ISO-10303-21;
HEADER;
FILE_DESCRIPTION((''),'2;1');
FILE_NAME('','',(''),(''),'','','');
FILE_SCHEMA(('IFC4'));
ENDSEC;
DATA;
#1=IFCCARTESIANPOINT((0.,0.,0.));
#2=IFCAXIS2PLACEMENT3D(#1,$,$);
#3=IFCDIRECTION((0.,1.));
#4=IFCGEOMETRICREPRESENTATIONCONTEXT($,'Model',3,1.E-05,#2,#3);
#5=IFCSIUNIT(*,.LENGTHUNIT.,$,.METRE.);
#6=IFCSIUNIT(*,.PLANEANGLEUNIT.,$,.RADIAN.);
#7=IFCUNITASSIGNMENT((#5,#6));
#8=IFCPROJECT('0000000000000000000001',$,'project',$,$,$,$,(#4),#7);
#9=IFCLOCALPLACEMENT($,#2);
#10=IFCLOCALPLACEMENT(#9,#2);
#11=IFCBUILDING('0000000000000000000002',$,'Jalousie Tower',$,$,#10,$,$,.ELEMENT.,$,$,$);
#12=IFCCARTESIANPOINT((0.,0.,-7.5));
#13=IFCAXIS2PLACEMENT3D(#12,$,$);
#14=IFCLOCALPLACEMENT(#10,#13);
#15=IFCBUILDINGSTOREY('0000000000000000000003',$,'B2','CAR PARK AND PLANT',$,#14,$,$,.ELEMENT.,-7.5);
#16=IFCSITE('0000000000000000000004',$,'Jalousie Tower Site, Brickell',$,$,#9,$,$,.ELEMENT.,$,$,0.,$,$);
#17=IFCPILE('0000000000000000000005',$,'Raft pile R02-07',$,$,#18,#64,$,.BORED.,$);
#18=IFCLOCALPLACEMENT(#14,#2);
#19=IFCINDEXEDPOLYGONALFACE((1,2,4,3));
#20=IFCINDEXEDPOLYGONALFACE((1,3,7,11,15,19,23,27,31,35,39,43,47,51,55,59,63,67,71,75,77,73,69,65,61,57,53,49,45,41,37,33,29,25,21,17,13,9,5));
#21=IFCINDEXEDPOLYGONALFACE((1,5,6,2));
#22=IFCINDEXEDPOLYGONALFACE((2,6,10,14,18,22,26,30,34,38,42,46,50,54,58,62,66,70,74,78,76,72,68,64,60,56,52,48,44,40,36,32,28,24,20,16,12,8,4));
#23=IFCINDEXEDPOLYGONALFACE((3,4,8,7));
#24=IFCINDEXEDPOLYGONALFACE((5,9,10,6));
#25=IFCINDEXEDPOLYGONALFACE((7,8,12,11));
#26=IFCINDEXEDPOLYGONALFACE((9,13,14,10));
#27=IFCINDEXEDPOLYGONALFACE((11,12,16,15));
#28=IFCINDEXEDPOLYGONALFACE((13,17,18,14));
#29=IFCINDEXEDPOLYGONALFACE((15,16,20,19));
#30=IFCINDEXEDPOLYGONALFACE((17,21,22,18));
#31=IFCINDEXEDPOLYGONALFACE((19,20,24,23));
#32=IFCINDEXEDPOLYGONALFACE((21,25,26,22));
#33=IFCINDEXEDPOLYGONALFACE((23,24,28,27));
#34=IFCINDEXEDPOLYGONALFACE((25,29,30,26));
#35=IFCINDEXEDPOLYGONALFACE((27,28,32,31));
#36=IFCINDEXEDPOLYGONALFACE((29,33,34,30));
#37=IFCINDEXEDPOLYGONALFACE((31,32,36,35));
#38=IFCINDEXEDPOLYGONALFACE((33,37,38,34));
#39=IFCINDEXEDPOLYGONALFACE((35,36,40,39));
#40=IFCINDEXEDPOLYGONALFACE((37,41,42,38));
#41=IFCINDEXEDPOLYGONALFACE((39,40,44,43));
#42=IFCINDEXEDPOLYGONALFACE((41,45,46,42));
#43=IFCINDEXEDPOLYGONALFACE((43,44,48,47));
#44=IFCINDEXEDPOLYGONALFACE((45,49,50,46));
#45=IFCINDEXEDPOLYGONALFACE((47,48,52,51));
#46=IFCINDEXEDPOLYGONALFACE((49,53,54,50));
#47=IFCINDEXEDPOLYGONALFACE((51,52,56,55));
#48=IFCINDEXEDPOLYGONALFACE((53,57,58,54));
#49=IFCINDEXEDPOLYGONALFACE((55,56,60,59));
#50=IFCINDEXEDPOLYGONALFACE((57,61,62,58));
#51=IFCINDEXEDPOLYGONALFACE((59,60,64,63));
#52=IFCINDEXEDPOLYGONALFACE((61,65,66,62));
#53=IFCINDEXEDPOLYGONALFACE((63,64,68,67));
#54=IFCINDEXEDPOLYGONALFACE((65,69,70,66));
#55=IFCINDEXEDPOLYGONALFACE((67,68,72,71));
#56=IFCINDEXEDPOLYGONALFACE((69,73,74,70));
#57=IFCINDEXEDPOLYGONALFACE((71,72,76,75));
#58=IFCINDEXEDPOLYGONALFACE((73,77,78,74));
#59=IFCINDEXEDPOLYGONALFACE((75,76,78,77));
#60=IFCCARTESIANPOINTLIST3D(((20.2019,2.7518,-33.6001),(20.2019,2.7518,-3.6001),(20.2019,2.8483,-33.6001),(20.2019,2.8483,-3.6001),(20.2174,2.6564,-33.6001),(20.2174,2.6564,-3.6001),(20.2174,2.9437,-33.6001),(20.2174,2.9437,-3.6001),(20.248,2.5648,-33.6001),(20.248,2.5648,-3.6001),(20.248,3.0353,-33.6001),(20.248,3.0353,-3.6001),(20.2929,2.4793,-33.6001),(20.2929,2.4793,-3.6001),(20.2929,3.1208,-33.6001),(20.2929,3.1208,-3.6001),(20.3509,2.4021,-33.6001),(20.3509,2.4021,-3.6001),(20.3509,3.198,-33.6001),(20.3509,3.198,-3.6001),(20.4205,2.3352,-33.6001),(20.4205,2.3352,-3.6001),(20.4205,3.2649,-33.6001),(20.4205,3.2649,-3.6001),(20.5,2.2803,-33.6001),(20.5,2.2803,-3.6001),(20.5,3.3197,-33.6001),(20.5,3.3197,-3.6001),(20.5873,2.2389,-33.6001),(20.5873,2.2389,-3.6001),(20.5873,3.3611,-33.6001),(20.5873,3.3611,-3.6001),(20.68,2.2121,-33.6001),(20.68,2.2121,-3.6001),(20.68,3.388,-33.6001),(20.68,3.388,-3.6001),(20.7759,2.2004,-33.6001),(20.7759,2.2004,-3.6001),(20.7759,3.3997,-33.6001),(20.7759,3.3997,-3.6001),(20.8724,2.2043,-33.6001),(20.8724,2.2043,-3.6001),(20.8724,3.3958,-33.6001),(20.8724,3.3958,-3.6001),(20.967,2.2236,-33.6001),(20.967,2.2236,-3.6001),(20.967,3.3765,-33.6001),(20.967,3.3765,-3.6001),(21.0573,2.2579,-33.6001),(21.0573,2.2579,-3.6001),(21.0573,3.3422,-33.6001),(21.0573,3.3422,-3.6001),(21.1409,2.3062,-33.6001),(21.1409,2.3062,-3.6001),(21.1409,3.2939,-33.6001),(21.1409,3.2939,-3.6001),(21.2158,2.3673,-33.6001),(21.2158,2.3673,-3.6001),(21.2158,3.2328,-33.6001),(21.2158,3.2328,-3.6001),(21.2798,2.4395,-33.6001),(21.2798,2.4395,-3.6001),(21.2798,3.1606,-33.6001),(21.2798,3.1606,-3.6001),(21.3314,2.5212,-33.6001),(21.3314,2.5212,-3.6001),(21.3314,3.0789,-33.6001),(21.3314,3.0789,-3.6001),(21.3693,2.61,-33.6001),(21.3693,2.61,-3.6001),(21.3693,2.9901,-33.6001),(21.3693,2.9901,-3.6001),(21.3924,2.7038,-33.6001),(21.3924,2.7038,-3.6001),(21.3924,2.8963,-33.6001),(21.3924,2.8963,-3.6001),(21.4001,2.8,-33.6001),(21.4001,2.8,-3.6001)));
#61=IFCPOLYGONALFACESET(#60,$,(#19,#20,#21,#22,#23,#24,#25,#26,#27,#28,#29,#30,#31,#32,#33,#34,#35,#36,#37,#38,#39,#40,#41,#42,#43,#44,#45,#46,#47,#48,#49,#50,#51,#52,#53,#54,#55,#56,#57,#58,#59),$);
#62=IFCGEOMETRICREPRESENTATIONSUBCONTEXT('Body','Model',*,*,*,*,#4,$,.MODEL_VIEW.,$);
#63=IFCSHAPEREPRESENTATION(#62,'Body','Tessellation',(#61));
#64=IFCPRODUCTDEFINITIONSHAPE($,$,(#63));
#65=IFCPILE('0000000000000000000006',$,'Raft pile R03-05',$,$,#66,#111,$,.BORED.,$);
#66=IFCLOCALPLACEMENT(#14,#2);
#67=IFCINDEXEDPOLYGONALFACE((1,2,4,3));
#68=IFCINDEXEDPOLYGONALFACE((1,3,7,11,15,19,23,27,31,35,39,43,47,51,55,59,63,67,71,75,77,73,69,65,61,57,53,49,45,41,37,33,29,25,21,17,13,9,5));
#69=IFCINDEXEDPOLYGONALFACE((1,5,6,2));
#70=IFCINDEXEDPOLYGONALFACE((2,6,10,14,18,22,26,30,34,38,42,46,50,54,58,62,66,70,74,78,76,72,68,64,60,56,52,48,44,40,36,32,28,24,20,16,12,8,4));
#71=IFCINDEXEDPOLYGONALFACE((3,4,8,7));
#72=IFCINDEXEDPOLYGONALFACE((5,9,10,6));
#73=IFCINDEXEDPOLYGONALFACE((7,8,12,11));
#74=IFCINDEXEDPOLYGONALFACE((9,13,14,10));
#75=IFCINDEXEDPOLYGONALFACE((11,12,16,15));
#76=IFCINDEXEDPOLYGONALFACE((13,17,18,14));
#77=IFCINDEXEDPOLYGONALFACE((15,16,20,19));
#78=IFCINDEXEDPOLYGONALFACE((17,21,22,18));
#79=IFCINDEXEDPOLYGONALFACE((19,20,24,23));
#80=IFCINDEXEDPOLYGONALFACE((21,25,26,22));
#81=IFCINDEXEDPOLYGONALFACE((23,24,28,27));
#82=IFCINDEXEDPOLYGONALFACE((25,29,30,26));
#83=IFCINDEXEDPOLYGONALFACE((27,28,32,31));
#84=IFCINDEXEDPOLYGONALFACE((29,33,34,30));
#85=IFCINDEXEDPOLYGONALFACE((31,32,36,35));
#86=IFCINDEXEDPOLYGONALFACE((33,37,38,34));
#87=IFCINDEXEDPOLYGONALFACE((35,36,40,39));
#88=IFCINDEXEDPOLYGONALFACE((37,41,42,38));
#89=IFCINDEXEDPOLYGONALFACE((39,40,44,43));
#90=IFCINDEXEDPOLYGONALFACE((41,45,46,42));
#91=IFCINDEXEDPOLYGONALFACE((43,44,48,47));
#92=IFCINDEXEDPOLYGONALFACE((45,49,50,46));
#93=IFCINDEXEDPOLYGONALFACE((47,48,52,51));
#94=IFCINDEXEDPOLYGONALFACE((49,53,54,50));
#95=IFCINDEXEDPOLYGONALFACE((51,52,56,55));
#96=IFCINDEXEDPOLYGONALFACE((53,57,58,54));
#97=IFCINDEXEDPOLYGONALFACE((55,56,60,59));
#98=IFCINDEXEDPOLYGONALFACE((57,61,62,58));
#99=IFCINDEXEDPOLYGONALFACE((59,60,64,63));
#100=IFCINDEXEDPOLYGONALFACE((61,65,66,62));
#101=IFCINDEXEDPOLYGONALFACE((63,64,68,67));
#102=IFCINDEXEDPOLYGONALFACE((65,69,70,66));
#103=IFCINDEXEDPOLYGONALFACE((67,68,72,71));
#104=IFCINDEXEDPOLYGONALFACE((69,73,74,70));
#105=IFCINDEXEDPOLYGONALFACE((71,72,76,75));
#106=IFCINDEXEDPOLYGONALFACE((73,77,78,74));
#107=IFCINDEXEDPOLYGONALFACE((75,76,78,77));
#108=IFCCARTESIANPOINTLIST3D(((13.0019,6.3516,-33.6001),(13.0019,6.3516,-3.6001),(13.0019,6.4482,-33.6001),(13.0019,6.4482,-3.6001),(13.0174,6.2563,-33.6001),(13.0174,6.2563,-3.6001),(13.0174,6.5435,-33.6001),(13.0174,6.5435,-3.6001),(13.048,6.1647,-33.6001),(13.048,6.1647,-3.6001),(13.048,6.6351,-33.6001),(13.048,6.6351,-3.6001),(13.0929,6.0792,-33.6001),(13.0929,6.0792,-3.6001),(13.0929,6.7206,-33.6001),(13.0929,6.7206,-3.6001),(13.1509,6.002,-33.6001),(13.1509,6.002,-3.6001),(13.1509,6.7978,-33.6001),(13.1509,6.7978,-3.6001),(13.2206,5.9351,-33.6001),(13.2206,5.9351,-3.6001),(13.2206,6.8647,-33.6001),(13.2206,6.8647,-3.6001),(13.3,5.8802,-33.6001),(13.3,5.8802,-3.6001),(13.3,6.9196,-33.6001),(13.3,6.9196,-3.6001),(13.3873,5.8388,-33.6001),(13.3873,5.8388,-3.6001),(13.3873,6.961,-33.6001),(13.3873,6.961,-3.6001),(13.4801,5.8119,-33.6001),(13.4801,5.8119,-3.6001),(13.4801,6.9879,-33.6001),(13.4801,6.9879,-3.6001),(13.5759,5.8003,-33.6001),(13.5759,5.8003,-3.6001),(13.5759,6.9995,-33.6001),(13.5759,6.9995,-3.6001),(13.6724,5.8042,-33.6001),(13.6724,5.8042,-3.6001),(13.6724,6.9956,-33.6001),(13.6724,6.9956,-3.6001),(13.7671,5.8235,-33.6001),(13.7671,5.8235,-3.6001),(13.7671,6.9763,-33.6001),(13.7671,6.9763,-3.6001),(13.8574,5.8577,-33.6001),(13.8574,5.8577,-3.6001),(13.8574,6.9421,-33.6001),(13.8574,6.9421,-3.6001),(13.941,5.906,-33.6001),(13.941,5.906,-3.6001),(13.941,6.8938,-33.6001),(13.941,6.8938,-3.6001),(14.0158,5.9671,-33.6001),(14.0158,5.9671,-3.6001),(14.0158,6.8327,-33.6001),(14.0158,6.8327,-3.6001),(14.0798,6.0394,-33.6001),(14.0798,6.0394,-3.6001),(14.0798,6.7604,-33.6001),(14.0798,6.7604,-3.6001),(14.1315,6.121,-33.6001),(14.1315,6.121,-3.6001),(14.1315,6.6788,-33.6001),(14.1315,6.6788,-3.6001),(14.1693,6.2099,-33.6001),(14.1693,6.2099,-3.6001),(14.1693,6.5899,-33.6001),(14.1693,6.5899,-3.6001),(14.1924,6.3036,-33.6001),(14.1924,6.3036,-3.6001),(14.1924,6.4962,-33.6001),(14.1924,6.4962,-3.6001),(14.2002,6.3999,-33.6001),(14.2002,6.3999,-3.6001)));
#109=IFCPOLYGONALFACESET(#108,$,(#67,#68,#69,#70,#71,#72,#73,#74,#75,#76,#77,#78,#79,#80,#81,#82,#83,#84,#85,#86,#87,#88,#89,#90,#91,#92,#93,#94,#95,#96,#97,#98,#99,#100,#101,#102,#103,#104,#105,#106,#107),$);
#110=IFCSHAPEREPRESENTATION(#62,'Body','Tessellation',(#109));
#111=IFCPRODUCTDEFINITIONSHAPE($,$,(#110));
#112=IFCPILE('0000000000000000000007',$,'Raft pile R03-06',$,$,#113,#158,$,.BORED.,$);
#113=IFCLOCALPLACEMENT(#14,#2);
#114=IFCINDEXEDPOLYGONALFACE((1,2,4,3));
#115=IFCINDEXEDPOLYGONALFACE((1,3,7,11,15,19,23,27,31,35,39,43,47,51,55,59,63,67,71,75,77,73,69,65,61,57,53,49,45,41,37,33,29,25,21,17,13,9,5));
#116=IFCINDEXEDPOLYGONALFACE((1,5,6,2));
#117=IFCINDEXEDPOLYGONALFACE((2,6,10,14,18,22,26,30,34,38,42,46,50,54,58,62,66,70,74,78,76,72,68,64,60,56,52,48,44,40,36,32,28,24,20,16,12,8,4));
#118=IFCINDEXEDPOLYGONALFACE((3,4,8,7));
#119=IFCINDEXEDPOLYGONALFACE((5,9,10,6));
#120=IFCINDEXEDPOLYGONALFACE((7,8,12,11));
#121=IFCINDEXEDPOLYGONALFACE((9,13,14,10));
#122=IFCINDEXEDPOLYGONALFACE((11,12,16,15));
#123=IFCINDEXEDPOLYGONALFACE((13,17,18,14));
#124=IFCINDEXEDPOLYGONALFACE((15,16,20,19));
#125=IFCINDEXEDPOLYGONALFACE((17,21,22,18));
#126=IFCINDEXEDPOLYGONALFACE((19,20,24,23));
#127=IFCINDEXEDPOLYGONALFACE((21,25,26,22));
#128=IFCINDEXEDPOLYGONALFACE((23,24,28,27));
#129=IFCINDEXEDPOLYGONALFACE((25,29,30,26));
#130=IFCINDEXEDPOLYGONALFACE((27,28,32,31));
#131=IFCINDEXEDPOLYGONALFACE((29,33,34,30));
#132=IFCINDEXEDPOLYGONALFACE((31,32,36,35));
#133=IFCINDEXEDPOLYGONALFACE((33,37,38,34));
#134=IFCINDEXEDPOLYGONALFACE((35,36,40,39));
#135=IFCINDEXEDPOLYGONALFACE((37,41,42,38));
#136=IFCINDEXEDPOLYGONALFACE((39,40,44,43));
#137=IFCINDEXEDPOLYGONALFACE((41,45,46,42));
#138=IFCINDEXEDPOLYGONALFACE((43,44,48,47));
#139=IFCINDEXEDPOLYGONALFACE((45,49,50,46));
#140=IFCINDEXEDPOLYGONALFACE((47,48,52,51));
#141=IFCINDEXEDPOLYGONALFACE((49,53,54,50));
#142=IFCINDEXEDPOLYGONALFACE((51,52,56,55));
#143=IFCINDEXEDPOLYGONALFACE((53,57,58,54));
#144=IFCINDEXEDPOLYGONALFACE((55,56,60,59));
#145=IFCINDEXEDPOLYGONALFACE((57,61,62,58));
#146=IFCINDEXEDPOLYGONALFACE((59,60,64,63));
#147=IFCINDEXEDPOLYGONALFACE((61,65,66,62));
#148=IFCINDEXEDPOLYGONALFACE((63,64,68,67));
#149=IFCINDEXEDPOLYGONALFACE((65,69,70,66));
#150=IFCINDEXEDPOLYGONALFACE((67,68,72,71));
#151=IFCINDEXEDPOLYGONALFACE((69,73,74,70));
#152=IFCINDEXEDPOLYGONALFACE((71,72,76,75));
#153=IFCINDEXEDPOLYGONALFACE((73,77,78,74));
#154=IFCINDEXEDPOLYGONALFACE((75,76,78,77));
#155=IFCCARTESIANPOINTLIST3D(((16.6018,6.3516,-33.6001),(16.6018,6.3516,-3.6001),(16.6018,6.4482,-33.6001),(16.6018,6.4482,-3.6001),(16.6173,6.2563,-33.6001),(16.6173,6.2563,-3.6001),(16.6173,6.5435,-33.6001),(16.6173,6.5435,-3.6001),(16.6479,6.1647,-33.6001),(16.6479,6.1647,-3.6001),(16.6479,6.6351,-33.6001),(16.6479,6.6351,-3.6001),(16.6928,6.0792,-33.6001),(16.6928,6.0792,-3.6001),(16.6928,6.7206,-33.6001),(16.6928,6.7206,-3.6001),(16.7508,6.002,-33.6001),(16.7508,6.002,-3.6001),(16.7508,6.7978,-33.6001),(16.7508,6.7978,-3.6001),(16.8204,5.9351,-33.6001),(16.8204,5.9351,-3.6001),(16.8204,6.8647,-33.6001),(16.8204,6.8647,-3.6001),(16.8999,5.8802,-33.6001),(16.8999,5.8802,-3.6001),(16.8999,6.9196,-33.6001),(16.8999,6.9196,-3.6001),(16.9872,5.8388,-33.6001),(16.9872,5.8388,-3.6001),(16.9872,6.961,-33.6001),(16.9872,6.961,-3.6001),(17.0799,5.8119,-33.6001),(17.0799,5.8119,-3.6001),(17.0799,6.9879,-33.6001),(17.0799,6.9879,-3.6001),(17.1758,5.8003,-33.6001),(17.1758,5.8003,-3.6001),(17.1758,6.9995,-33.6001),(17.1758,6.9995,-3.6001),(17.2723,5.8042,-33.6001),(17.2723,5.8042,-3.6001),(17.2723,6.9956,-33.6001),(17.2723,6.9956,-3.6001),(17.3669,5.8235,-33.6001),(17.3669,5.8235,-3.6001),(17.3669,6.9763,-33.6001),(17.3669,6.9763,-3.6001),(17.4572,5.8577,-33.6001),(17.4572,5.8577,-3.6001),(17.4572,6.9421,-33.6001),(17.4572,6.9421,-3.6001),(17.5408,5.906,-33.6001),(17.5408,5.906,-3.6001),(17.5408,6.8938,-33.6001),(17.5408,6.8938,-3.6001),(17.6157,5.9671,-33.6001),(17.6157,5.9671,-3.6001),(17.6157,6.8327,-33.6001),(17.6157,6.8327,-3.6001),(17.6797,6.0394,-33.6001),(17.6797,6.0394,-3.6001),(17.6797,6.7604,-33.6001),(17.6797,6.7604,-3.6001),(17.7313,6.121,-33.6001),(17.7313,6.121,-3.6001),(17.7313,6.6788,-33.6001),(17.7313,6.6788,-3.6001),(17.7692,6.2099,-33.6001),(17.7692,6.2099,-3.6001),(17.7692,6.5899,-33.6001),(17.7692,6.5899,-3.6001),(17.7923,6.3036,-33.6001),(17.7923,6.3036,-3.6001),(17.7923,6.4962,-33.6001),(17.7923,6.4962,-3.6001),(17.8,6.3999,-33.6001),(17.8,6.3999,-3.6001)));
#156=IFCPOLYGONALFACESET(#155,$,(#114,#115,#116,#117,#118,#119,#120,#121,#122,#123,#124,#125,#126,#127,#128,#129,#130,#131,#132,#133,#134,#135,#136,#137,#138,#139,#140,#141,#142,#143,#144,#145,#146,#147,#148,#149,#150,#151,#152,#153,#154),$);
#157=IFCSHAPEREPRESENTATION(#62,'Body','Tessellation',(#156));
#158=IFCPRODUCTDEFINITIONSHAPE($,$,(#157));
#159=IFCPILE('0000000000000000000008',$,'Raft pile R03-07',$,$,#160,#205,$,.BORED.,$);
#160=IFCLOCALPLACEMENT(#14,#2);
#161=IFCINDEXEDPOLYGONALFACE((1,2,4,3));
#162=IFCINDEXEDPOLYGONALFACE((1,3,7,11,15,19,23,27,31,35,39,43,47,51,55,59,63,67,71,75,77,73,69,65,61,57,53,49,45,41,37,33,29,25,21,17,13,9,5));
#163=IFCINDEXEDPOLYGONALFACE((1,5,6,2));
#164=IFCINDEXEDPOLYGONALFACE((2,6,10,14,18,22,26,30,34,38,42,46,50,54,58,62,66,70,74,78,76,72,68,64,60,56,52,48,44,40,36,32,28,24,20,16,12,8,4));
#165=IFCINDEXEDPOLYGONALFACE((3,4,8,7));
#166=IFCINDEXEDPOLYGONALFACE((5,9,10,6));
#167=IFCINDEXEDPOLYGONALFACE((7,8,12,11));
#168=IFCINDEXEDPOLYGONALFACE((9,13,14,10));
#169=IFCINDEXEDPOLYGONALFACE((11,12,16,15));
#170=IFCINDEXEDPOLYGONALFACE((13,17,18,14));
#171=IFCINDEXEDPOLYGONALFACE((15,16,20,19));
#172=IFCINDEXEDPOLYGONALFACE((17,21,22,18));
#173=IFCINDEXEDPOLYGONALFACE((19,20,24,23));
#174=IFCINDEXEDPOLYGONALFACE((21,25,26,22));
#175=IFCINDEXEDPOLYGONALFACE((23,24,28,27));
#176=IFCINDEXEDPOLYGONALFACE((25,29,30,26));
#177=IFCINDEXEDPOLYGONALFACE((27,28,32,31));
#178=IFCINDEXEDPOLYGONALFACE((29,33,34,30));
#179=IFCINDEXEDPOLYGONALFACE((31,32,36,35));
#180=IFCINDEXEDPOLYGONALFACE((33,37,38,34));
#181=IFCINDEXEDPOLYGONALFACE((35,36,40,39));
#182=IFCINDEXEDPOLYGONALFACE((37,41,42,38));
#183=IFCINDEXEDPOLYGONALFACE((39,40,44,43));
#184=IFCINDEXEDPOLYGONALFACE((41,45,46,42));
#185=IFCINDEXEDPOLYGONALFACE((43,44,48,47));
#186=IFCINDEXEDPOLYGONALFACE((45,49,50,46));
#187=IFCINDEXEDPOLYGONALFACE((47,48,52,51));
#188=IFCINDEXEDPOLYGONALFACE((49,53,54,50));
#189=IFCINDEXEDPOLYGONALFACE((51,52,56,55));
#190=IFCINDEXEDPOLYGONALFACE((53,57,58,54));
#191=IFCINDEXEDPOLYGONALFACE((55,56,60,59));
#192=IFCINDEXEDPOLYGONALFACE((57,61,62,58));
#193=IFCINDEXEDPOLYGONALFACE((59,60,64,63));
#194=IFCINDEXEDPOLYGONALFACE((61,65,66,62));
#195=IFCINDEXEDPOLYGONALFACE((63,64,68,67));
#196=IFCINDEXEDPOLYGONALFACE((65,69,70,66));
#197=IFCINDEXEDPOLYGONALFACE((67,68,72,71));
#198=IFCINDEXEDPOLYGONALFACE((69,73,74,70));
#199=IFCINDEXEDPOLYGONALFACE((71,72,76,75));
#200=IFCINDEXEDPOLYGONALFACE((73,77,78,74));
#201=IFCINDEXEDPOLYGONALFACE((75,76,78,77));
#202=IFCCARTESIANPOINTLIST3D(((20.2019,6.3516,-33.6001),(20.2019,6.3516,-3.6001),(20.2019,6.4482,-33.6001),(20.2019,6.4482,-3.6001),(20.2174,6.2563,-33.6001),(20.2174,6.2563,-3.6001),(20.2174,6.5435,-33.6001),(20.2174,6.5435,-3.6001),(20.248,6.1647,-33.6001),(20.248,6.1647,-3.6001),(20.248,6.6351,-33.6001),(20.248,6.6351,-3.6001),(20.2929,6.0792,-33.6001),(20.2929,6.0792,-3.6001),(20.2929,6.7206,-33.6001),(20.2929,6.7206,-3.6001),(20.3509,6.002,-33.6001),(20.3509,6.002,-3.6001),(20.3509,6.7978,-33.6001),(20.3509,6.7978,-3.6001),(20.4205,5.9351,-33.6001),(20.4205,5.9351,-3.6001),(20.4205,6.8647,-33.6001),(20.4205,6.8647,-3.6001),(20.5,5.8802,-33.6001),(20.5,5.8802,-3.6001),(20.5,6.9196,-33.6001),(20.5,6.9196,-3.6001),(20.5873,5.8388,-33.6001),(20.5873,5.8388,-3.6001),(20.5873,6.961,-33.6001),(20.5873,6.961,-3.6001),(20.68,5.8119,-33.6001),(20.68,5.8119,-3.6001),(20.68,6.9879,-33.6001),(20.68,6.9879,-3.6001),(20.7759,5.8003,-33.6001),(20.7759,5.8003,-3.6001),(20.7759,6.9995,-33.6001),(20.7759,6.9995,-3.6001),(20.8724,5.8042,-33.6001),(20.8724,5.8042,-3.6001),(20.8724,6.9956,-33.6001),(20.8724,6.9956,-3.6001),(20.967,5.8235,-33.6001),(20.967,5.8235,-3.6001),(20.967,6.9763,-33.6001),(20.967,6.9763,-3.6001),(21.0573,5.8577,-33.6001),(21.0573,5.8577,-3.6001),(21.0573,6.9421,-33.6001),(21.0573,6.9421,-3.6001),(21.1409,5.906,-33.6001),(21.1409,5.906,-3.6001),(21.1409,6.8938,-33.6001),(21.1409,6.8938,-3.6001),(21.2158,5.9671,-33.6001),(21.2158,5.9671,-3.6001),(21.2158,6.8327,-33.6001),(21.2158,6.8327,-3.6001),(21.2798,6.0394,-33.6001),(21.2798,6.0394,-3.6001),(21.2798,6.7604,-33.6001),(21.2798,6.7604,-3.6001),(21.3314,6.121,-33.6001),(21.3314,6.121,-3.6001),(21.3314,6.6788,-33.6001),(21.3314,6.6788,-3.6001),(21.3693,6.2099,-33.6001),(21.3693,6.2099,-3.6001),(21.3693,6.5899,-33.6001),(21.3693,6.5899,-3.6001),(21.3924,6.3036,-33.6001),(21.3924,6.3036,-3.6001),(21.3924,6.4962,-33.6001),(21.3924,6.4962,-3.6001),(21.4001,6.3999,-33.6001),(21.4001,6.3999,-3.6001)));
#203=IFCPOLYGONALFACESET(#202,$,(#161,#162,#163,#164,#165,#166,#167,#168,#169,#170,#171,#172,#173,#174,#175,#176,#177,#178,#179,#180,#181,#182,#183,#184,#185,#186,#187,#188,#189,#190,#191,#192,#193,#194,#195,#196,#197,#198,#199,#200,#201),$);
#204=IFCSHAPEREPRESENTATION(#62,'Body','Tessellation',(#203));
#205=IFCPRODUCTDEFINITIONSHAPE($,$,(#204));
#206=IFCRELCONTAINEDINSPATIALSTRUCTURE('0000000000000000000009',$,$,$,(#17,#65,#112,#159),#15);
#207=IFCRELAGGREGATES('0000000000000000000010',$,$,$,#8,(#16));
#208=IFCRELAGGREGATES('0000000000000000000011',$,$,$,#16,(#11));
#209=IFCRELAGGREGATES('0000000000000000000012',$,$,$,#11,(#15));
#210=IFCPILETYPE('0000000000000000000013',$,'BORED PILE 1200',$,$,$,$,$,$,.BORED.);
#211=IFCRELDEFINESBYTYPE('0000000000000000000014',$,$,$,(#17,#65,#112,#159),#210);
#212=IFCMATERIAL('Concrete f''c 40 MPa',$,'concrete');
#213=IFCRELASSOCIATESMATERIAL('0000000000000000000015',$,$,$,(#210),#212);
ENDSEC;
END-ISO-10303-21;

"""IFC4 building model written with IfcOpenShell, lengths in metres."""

from ifc_helpers import new_model, si_unit, direction, frame, origin, origin_2d, place, context, subcontext, project, spatial, circle, extrude, material, material_profile, profile_set, type_object, element, save


model = new_model("IFC4")

# Units and contexts
model_context = context("Model", 3, precision=1e-05, world=origin(), true_north=direction((0.0, 1.0)))
body_context = subcontext(model_context, "Body", "Model", "MODEL_VIEW")
ifc_project = project(units=[si_unit("LENGTHUNIT", "METRE"), si_unit("PLANEANGLEUNIT", "RADIAN")], contexts=[model_context])

# Site, building, storey
site_placement = place(None, origin())
site = spatial("IfcSite", under=ifc_project, at=site_placement, Name="Jalousie Tower Site, Brickell", CompositionType="ELEMENT", RefElevation=0.0)
building_placement = place(site_placement, origin())
building = spatial("IfcBuilding", under=site, at=building_placement, Name="Jalousie Tower", CompositionType="ELEMENT")
storey_placement = place(building_placement, frame((0.0, 0.0, -7.5)))
storey = spatial("IfcBuildingStorey", under=building, at=storey_placement, Name="B2", Description="CAR PARK AND PLANT", CompositionType="ELEMENT", Elevation=-7.5)

# Piles
ifc_material_1 = material(Name="Concrete f'c 40 MPa", Category="concrete")
ifc_material_profile_1 = material_profile(ifc_material_1, circle(Radius=0.6001, at=origin_2d()), Name="BORED PILE D1200")
ifc_profile_set_1 = profile_set([ifc_material_profile_1], Name="Concrete f'c 40 MPa")
pile_type = type_object("IfcPileType", Name="BORED PILE 1200", PredefinedType="BORED", material=ifc_profile_set_1)
for number, where, z_axis, x_axis, name in (
    (1, (20.8, 2.8, -3.6001), (0.0, 0.0, -1.0), (1.0, 0.0, 0.0), "Raft pile R02-07"),
    (2, (13.6001, 6.3999, -3.6001), (0.0, 0.0, -1.0), (1.0, 0.0, 0.0), "Raft pile R03-05"),
    (3, (17.2, 6.3999, -3.6001), (0.0, 0.0, -1.0), (1.0, 0.0, 0.0), "Raft pile R03-06"),
    (4, (20.8, 6.3999, -3.6001), (0.0, 0.0, -1.0), (1.0, 0.0, 0.0), "Raft pile R03-07"),
):
    element("IfcPile", number, at=place(storey_placement, frame(where, z_axis=z_axis, x_axis=x_axis)), inside=storey, type_object=pile_type, Name=name, PredefinedType="BORED", context=body_context, shape_type="SweptSolid", body=[
        extrude(circle(Radius=0.6001, at=origin_2d()), origin(), (0.0, 0.0, 1.0), 30.0),
    ])

save(model, "model.ifc")
